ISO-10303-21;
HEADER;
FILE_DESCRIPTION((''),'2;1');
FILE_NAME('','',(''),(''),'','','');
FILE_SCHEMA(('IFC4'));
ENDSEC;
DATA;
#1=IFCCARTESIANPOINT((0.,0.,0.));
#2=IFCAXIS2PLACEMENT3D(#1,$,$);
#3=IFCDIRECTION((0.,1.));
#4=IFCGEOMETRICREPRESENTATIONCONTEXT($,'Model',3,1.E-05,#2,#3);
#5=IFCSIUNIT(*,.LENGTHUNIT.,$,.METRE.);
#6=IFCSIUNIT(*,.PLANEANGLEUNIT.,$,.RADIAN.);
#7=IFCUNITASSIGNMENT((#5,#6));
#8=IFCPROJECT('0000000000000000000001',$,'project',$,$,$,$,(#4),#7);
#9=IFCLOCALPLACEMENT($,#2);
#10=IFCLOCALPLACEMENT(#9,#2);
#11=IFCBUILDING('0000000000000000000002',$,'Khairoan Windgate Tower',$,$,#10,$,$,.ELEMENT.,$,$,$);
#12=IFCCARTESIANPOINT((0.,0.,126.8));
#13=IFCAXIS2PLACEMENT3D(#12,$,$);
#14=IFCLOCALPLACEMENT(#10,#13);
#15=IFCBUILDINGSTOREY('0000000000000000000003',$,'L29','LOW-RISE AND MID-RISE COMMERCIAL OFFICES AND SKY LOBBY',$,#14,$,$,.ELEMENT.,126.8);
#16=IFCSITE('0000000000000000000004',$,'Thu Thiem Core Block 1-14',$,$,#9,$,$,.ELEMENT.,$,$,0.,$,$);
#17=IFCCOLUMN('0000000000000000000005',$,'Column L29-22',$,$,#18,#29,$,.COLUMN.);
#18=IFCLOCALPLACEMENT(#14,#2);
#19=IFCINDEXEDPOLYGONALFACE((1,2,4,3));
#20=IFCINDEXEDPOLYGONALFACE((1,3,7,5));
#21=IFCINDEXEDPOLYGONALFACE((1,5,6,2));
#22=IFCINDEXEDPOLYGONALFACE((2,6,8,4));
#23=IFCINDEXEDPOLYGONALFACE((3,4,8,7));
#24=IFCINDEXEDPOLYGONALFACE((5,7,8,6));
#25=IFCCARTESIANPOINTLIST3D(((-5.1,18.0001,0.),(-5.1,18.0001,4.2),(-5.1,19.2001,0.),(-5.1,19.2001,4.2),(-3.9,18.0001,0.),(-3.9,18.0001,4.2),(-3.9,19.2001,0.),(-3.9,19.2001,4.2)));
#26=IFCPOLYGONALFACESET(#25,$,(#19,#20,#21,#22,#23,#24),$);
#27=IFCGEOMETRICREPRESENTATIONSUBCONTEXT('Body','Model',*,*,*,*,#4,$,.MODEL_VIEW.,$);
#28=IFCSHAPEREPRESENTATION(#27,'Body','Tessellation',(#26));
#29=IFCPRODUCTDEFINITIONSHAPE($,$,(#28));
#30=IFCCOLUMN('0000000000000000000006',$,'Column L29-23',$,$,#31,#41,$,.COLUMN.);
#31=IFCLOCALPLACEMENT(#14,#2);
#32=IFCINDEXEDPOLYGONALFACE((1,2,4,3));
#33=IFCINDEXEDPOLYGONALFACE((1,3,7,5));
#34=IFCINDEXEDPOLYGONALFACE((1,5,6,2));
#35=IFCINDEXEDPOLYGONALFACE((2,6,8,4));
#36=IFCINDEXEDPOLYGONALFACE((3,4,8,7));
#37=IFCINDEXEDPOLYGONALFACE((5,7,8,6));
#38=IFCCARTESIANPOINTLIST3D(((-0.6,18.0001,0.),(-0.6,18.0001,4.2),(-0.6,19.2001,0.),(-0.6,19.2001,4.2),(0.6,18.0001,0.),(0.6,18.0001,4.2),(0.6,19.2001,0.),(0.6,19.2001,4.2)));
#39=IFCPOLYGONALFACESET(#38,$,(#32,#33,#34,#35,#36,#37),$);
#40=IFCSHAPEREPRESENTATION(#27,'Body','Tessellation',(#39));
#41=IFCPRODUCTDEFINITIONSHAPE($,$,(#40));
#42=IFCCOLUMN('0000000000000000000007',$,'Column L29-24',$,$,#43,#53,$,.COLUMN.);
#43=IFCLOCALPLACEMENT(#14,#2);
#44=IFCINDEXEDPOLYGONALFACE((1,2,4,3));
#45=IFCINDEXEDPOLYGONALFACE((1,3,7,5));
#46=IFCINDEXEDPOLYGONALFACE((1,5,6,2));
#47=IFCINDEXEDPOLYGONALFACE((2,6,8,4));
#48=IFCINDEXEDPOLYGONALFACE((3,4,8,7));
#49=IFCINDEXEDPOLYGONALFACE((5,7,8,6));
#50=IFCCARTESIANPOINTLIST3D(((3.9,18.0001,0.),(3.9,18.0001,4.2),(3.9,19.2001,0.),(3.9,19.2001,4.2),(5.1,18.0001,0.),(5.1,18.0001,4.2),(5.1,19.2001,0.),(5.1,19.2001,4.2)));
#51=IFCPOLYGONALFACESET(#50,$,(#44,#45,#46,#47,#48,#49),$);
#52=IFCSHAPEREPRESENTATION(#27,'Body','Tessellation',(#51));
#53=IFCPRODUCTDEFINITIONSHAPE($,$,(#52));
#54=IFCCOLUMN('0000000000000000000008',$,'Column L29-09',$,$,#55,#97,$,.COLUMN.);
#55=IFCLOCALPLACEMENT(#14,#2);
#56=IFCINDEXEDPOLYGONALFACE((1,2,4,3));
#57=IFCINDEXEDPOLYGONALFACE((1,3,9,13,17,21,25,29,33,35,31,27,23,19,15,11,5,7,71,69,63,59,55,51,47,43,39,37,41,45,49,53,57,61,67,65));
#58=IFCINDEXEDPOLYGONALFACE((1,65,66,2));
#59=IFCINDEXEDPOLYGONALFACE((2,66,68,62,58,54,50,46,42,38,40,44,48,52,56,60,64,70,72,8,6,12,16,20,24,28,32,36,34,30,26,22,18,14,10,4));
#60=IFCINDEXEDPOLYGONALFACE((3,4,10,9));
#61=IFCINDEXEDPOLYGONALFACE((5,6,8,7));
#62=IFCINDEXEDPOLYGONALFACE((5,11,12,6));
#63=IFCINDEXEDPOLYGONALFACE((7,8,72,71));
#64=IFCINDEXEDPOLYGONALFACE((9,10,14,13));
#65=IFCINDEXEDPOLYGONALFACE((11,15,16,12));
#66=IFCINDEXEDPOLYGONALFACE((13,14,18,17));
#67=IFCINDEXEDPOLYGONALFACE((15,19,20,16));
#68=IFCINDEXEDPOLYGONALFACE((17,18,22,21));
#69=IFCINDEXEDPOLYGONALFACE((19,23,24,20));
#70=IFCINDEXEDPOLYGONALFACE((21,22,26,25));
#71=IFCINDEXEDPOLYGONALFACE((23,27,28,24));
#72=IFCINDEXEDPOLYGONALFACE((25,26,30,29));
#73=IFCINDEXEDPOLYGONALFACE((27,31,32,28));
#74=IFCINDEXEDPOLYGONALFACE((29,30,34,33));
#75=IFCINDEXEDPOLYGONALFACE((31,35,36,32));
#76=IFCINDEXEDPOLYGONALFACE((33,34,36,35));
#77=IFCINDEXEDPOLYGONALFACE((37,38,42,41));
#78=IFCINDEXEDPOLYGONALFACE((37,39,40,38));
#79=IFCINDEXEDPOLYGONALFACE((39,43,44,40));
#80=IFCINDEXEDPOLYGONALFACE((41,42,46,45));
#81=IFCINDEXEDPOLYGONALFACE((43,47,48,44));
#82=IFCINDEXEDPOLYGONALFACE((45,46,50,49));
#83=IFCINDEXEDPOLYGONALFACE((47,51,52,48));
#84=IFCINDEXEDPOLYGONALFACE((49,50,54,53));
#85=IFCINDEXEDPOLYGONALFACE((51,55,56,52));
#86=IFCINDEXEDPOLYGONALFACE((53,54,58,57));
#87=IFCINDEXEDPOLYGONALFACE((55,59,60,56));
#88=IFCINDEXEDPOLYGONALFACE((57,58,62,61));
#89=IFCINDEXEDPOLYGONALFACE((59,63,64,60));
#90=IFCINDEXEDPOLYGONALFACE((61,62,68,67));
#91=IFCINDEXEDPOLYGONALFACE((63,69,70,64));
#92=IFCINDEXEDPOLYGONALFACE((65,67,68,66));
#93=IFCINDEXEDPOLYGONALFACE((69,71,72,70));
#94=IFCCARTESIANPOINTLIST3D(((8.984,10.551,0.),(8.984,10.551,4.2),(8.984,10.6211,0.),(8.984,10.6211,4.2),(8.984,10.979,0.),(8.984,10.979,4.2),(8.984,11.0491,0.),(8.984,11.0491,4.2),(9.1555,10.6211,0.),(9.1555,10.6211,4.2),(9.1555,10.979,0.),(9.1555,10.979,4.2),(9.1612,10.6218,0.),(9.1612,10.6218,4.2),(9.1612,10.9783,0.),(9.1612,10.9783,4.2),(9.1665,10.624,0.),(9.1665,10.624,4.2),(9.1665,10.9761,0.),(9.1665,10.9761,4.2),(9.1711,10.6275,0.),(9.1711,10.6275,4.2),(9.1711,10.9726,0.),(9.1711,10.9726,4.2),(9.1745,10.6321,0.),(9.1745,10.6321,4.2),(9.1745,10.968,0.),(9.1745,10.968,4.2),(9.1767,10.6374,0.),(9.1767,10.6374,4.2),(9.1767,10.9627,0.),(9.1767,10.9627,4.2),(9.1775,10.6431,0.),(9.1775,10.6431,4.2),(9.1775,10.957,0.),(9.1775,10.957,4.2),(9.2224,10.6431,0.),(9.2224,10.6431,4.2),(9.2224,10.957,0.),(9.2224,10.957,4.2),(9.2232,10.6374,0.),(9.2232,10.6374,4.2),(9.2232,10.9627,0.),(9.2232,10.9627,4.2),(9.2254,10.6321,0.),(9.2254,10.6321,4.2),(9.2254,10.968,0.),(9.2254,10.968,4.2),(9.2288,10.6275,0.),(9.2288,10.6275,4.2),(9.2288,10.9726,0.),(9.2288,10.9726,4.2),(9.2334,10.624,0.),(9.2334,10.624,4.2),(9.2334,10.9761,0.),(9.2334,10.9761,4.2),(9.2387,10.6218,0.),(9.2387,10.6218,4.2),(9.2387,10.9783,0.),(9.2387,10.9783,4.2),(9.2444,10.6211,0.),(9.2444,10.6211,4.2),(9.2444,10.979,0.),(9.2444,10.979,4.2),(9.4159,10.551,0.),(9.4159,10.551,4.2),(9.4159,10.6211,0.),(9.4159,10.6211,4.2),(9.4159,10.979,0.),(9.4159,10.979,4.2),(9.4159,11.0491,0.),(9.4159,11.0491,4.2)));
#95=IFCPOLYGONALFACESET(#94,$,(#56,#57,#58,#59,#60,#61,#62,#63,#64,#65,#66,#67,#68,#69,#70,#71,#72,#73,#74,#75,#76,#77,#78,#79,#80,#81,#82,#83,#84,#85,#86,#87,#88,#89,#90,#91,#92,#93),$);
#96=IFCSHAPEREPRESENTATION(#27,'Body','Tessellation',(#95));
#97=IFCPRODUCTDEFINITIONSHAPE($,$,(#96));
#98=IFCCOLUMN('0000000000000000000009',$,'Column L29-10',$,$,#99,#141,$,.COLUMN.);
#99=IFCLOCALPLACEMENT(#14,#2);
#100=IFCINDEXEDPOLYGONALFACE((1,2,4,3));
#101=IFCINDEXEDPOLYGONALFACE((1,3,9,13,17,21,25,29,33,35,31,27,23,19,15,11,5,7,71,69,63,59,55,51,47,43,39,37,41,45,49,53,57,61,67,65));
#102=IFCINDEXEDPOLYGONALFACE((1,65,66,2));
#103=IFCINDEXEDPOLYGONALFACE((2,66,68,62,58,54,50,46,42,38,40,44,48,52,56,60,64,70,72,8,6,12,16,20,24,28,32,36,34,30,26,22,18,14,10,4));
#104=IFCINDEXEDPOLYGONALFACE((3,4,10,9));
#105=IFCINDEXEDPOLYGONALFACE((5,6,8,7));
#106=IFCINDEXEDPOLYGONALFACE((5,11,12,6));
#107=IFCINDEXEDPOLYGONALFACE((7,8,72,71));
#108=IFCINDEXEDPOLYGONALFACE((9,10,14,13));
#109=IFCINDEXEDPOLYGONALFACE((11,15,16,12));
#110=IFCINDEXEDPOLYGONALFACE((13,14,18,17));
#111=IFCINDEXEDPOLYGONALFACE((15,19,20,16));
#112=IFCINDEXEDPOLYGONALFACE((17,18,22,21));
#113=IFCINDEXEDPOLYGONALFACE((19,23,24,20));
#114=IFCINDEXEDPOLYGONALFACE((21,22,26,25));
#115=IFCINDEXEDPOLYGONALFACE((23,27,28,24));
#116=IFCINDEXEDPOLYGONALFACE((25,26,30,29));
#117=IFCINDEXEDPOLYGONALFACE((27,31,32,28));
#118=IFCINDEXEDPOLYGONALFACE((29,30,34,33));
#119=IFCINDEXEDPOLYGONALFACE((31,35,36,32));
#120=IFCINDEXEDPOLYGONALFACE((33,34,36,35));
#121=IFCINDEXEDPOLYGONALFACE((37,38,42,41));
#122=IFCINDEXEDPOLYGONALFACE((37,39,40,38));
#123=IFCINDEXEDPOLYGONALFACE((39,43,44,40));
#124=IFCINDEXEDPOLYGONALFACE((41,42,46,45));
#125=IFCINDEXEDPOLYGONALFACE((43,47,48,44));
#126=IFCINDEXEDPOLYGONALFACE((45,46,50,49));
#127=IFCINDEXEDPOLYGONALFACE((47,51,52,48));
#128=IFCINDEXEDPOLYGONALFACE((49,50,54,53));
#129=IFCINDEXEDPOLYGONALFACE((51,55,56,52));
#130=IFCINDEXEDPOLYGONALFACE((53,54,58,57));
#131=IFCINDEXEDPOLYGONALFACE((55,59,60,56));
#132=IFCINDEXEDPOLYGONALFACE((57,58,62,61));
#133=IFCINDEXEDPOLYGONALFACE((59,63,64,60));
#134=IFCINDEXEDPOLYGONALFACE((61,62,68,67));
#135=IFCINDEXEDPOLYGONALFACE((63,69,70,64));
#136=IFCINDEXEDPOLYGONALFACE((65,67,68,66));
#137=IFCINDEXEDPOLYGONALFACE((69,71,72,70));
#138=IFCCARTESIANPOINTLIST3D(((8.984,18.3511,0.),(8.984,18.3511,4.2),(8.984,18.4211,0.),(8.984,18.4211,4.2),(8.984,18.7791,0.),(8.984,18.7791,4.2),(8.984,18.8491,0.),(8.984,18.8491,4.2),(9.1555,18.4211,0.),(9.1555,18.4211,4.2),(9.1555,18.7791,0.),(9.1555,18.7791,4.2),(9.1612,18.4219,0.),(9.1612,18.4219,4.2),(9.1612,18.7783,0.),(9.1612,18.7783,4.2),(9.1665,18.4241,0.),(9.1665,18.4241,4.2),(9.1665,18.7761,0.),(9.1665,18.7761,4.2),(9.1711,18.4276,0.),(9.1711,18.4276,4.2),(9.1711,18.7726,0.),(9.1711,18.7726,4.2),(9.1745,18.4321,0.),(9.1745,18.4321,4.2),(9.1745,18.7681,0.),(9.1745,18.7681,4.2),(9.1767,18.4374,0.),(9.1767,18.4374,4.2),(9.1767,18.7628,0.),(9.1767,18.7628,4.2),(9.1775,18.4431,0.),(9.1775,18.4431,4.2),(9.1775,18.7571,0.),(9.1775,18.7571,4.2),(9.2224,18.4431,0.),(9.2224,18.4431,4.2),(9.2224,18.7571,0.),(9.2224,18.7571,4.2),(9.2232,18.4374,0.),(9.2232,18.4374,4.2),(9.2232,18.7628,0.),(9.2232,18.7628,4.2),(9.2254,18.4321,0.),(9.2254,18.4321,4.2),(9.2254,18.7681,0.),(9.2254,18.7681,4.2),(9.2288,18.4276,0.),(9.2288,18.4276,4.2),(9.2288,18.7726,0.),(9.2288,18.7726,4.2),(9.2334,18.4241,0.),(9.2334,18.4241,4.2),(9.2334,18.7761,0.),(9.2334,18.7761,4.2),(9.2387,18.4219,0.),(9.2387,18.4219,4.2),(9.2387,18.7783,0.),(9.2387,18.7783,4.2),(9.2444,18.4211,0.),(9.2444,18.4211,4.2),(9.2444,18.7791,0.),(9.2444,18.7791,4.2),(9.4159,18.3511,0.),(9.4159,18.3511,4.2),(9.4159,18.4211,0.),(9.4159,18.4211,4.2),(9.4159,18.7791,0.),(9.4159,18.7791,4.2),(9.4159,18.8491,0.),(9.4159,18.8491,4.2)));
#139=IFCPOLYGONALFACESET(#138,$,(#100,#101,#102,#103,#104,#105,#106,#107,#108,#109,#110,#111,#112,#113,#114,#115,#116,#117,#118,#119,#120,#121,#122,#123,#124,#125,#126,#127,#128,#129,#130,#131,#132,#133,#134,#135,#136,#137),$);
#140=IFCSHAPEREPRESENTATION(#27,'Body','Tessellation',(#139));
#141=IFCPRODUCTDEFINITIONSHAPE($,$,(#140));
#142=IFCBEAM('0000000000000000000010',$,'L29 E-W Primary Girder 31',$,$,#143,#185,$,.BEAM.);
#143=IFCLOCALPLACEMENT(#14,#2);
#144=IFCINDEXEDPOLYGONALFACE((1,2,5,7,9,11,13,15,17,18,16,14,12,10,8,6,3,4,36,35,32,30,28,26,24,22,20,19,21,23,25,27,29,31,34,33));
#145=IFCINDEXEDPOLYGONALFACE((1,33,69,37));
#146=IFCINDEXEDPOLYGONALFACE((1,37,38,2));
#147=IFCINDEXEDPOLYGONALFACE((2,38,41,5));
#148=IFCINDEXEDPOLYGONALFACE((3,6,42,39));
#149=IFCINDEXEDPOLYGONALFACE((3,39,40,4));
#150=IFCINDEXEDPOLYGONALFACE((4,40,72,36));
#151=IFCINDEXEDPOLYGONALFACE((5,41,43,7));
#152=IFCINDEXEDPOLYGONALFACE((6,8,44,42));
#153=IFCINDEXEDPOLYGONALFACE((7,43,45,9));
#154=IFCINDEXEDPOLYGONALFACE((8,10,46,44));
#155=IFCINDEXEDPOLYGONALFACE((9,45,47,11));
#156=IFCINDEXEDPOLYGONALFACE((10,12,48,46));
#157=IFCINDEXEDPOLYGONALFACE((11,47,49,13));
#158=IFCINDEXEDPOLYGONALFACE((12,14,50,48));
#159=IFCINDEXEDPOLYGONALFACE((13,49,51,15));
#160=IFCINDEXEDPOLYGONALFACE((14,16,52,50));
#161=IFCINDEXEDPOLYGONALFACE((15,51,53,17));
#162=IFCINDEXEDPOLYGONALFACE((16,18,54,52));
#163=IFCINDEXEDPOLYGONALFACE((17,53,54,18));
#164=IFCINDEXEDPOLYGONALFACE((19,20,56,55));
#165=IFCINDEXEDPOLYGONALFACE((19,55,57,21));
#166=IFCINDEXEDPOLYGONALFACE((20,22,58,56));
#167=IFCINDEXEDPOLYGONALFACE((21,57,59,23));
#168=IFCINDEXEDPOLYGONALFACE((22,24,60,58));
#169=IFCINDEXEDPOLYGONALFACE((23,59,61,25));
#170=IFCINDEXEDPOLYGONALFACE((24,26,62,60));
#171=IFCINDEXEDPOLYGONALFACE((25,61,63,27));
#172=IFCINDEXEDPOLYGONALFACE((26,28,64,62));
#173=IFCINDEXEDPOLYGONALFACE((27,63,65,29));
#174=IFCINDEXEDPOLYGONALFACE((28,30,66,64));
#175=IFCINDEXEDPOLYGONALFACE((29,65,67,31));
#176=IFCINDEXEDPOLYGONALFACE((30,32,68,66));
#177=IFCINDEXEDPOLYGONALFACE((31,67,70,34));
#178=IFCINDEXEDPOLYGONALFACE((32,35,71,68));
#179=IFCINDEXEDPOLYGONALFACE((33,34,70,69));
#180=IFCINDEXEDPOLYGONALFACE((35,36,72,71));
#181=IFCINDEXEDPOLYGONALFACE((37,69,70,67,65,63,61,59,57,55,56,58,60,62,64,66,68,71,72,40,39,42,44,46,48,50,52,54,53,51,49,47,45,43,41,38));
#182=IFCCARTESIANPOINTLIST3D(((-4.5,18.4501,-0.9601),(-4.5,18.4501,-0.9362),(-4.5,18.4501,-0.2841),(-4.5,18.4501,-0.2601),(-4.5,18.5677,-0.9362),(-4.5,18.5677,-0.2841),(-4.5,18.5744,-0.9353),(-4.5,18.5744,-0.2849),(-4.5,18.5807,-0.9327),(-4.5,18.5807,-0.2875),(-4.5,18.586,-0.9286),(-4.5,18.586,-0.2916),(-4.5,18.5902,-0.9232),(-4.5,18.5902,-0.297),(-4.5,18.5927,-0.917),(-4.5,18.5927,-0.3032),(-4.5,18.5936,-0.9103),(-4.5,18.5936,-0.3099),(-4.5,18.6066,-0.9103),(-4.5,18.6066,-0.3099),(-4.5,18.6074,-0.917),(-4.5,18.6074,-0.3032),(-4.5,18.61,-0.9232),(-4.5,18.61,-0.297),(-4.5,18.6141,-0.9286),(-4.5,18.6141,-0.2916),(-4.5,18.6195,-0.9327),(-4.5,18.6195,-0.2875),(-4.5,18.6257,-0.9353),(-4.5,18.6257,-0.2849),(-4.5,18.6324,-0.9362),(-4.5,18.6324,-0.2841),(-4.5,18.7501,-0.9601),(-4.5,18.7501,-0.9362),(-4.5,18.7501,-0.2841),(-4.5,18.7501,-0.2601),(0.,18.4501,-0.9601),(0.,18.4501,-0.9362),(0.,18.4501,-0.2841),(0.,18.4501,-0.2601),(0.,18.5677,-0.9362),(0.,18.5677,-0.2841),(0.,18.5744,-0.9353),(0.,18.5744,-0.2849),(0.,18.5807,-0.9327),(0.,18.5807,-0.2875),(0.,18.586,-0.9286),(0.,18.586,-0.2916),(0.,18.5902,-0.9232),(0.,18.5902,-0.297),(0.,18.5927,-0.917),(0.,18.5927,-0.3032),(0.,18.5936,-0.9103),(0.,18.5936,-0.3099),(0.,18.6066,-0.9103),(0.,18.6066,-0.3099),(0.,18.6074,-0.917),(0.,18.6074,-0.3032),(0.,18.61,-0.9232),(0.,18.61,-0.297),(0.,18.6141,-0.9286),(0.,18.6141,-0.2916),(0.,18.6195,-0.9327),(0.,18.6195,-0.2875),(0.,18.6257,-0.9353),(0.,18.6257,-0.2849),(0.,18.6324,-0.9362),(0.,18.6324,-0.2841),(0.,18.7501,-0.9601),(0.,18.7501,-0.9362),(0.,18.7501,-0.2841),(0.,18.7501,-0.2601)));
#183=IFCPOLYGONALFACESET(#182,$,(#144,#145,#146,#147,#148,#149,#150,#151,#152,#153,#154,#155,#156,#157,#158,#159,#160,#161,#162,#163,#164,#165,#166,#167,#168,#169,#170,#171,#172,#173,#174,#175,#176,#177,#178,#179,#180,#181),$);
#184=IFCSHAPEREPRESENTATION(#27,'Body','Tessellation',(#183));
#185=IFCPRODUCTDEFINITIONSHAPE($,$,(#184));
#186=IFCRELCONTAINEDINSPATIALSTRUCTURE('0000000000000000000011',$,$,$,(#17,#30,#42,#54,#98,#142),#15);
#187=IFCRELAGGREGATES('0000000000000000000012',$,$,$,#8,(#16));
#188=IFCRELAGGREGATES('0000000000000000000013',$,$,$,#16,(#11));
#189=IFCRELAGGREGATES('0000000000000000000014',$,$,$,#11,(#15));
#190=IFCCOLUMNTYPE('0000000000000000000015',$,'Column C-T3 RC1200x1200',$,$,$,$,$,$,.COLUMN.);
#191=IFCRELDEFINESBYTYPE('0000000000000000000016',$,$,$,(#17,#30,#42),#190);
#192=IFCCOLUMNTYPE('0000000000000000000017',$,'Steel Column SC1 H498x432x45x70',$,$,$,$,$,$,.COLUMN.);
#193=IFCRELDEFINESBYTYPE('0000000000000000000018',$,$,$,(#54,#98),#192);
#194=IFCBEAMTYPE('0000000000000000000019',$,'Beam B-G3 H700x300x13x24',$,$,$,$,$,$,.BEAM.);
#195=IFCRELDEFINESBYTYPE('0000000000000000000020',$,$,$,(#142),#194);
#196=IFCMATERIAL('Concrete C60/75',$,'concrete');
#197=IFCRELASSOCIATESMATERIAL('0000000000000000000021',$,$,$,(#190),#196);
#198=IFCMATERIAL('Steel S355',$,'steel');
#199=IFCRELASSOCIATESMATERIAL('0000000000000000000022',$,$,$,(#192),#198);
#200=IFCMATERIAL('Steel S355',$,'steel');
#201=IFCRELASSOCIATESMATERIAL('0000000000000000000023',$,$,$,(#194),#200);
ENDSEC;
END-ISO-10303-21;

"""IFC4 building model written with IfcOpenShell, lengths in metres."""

from ifc_helpers import new_model, si_unit, direction, frame, origin, origin_2d, place, context, subcontext, project, spatial, rectangle, i_section, extrude, material, material_profile, profile_set, type_object, element, save


model = new_model("IFC4")

# Units and contexts
model_context = context("Model", 3, precision=1e-05, world=origin(), true_north=direction((0.0, 1.0)))
body_context = subcontext(model_context, "Body", "Model", "MODEL_VIEW")
ifc_project = project(units=[si_unit("LENGTHUNIT", "METRE"), si_unit("PLANEANGLEUNIT", "RADIAN")], contexts=[model_context])

# Site, building, storey
site_placement = place(None, origin())
site = spatial("IfcSite", under=ifc_project, at=site_placement, Name="Thu Thiem Core Block 1-14", CompositionType="ELEMENT", RefElevation=0.0)
building_placement = place(site_placement, origin())
building = spatial("IfcBuilding", under=site, at=building_placement, Name="Khairoan Windgate Tower", CompositionType="ELEMENT")
storey_placement = place(building_placement, frame((0.0, 0.0, 126.8)))
storey = spatial("IfcBuildingStorey", under=building, at=storey_placement, Name="L29", Description="LOW-RISE AND MID-RISE COMMERCIAL OFFICES AND SKY LOBBY", CompositionType="ELEMENT", Elevation=126.8)

# Columns
ifc_material_1 = material(Name="Concrete C60/75", Category="concrete")
ifc_material_profile_1 = material_profile(ifc_material_1, rectangle(XDim=1.2, YDim=1.2, at=origin_2d()))
ifc_profile_set_1 = profile_set([ifc_material_profile_1], Name="Concrete C60/75")
column_type_1 = type_object("IfcColumnType", Name="Column C-T3 RC1200x1200", PredefinedType="COLUMN", material=ifc_profile_set_1)
for number, where, z_axis, x_axis, name in (
    (1, (-4.5, 18.6001, 0.0), (0.0, 0.0, 1.0), (1.0, 0.0, 0.0), "Column L29-22"),
    (2, (0.0, 18.6001, 0.0), (0.0, 0.0, 1.0), (1.0, 0.0, 0.0), "Column L29-23"),
    (3, (4.5, 18.6001, 0.0), (0.0, 0.0, 1.0), (1.0, 0.0, 0.0), "Column L29-24"),
):
    element("IfcColumn", number, at=place(storey_placement, frame(where, z_axis=z_axis, x_axis=x_axis)), inside=storey, type_object=column_type_1, Name=name, PredefinedType="COLUMN", context=body_context, shape_type="SweptSolid", body=[
        extrude(rectangle(XDim=1.2, YDim=1.2, at=origin_2d()), origin(), (0.0, 0.0, 1.0), 4.2),
    ])
ifc_material_2 = material(Name="Steel S355", Category="steel")
ifc_material_profile_2 = material_profile(ifc_material_2, i_section(OverallWidth=0.4319, OverallDepth=0.498, WebThickness=0.0449, FlangeThickness=0.0701, FilletRadius=0.022, at=origin_2d()))
ifc_profile_set_2 = profile_set([ifc_material_profile_2], Name="Steel S355")
column_type_2 = type_object("IfcColumnType", Name="Steel Column SC1 H498x432x45x70", PredefinedType="COLUMN", material=ifc_profile_set_2)
for number, where, z_axis, x_axis, name in (
    (4, (9.2, 10.8, 0.0), (0.0, 0.0, 1.0), (1.0, 0.0, 0.0), "Column L29-09"),
    (5, (9.2, 18.6001, 0.0), (0.0, 0.0, 1.0), (1.0, 0.0, 0.0), "Column L29-10"),
):
    element("IfcColumn", number, at=place(storey_placement, frame(where, z_axis=z_axis, x_axis=x_axis)), inside=storey, type_object=column_type_2, Name=name, PredefinedType="COLUMN", context=body_context, shape_type="SweptSolid", body=[
        extrude(i_section(OverallWidth=0.4319, OverallDepth=0.498, WebThickness=0.0449, FlangeThickness=0.0701, FilletRadius=0.022, at=origin_2d()), origin(), (0.0, 0.0, 1.0), 4.2),
    ])

# Beam
ifc_material_3 = material(Name="Steel S355", Category="steel")
ifc_material_profile_3 = material_profile(ifc_material_3, i_section(OverallWidth=0.3, OverallDepth=0.7, WebThickness=0.0129, FlangeThickness=0.0239, FilletRadius=0.0259, at=origin_2d()))
ifc_profile_set_3 = profile_set([ifc_material_profile_3], Name="Steel S355")
beam_type_1 = type_object("IfcBeamType", Name="Beam B-G3 H700x300x13x24", PredefinedType="BEAM", material=ifc_profile_set_3)
for number, where, z_axis, x_axis, name in (
    (6, (-4.5, 18.6001, -0.6101), (1.0, 0.0, 0.0), (0.0, 1.0, 0.0), "L29 E-W Primary Girder 31"),
):
    element("IfcBeam", number, at=place(storey_placement, frame(where, z_axis=z_axis, x_axis=x_axis)), inside=storey, type_object=beam_type_1, Name=name, PredefinedType="BEAM", context=body_context, shape_type="SweptSolid", body=[
        extrude(i_section(OverallWidth=0.3, OverallDepth=0.7, WebThickness=0.0129, FlangeThickness=0.0239, FilletRadius=0.0259, at=origin_2d()), origin(), (0.0, 0.0, 1.0), 4.5),
    ])

save(model, "model.ifc")
